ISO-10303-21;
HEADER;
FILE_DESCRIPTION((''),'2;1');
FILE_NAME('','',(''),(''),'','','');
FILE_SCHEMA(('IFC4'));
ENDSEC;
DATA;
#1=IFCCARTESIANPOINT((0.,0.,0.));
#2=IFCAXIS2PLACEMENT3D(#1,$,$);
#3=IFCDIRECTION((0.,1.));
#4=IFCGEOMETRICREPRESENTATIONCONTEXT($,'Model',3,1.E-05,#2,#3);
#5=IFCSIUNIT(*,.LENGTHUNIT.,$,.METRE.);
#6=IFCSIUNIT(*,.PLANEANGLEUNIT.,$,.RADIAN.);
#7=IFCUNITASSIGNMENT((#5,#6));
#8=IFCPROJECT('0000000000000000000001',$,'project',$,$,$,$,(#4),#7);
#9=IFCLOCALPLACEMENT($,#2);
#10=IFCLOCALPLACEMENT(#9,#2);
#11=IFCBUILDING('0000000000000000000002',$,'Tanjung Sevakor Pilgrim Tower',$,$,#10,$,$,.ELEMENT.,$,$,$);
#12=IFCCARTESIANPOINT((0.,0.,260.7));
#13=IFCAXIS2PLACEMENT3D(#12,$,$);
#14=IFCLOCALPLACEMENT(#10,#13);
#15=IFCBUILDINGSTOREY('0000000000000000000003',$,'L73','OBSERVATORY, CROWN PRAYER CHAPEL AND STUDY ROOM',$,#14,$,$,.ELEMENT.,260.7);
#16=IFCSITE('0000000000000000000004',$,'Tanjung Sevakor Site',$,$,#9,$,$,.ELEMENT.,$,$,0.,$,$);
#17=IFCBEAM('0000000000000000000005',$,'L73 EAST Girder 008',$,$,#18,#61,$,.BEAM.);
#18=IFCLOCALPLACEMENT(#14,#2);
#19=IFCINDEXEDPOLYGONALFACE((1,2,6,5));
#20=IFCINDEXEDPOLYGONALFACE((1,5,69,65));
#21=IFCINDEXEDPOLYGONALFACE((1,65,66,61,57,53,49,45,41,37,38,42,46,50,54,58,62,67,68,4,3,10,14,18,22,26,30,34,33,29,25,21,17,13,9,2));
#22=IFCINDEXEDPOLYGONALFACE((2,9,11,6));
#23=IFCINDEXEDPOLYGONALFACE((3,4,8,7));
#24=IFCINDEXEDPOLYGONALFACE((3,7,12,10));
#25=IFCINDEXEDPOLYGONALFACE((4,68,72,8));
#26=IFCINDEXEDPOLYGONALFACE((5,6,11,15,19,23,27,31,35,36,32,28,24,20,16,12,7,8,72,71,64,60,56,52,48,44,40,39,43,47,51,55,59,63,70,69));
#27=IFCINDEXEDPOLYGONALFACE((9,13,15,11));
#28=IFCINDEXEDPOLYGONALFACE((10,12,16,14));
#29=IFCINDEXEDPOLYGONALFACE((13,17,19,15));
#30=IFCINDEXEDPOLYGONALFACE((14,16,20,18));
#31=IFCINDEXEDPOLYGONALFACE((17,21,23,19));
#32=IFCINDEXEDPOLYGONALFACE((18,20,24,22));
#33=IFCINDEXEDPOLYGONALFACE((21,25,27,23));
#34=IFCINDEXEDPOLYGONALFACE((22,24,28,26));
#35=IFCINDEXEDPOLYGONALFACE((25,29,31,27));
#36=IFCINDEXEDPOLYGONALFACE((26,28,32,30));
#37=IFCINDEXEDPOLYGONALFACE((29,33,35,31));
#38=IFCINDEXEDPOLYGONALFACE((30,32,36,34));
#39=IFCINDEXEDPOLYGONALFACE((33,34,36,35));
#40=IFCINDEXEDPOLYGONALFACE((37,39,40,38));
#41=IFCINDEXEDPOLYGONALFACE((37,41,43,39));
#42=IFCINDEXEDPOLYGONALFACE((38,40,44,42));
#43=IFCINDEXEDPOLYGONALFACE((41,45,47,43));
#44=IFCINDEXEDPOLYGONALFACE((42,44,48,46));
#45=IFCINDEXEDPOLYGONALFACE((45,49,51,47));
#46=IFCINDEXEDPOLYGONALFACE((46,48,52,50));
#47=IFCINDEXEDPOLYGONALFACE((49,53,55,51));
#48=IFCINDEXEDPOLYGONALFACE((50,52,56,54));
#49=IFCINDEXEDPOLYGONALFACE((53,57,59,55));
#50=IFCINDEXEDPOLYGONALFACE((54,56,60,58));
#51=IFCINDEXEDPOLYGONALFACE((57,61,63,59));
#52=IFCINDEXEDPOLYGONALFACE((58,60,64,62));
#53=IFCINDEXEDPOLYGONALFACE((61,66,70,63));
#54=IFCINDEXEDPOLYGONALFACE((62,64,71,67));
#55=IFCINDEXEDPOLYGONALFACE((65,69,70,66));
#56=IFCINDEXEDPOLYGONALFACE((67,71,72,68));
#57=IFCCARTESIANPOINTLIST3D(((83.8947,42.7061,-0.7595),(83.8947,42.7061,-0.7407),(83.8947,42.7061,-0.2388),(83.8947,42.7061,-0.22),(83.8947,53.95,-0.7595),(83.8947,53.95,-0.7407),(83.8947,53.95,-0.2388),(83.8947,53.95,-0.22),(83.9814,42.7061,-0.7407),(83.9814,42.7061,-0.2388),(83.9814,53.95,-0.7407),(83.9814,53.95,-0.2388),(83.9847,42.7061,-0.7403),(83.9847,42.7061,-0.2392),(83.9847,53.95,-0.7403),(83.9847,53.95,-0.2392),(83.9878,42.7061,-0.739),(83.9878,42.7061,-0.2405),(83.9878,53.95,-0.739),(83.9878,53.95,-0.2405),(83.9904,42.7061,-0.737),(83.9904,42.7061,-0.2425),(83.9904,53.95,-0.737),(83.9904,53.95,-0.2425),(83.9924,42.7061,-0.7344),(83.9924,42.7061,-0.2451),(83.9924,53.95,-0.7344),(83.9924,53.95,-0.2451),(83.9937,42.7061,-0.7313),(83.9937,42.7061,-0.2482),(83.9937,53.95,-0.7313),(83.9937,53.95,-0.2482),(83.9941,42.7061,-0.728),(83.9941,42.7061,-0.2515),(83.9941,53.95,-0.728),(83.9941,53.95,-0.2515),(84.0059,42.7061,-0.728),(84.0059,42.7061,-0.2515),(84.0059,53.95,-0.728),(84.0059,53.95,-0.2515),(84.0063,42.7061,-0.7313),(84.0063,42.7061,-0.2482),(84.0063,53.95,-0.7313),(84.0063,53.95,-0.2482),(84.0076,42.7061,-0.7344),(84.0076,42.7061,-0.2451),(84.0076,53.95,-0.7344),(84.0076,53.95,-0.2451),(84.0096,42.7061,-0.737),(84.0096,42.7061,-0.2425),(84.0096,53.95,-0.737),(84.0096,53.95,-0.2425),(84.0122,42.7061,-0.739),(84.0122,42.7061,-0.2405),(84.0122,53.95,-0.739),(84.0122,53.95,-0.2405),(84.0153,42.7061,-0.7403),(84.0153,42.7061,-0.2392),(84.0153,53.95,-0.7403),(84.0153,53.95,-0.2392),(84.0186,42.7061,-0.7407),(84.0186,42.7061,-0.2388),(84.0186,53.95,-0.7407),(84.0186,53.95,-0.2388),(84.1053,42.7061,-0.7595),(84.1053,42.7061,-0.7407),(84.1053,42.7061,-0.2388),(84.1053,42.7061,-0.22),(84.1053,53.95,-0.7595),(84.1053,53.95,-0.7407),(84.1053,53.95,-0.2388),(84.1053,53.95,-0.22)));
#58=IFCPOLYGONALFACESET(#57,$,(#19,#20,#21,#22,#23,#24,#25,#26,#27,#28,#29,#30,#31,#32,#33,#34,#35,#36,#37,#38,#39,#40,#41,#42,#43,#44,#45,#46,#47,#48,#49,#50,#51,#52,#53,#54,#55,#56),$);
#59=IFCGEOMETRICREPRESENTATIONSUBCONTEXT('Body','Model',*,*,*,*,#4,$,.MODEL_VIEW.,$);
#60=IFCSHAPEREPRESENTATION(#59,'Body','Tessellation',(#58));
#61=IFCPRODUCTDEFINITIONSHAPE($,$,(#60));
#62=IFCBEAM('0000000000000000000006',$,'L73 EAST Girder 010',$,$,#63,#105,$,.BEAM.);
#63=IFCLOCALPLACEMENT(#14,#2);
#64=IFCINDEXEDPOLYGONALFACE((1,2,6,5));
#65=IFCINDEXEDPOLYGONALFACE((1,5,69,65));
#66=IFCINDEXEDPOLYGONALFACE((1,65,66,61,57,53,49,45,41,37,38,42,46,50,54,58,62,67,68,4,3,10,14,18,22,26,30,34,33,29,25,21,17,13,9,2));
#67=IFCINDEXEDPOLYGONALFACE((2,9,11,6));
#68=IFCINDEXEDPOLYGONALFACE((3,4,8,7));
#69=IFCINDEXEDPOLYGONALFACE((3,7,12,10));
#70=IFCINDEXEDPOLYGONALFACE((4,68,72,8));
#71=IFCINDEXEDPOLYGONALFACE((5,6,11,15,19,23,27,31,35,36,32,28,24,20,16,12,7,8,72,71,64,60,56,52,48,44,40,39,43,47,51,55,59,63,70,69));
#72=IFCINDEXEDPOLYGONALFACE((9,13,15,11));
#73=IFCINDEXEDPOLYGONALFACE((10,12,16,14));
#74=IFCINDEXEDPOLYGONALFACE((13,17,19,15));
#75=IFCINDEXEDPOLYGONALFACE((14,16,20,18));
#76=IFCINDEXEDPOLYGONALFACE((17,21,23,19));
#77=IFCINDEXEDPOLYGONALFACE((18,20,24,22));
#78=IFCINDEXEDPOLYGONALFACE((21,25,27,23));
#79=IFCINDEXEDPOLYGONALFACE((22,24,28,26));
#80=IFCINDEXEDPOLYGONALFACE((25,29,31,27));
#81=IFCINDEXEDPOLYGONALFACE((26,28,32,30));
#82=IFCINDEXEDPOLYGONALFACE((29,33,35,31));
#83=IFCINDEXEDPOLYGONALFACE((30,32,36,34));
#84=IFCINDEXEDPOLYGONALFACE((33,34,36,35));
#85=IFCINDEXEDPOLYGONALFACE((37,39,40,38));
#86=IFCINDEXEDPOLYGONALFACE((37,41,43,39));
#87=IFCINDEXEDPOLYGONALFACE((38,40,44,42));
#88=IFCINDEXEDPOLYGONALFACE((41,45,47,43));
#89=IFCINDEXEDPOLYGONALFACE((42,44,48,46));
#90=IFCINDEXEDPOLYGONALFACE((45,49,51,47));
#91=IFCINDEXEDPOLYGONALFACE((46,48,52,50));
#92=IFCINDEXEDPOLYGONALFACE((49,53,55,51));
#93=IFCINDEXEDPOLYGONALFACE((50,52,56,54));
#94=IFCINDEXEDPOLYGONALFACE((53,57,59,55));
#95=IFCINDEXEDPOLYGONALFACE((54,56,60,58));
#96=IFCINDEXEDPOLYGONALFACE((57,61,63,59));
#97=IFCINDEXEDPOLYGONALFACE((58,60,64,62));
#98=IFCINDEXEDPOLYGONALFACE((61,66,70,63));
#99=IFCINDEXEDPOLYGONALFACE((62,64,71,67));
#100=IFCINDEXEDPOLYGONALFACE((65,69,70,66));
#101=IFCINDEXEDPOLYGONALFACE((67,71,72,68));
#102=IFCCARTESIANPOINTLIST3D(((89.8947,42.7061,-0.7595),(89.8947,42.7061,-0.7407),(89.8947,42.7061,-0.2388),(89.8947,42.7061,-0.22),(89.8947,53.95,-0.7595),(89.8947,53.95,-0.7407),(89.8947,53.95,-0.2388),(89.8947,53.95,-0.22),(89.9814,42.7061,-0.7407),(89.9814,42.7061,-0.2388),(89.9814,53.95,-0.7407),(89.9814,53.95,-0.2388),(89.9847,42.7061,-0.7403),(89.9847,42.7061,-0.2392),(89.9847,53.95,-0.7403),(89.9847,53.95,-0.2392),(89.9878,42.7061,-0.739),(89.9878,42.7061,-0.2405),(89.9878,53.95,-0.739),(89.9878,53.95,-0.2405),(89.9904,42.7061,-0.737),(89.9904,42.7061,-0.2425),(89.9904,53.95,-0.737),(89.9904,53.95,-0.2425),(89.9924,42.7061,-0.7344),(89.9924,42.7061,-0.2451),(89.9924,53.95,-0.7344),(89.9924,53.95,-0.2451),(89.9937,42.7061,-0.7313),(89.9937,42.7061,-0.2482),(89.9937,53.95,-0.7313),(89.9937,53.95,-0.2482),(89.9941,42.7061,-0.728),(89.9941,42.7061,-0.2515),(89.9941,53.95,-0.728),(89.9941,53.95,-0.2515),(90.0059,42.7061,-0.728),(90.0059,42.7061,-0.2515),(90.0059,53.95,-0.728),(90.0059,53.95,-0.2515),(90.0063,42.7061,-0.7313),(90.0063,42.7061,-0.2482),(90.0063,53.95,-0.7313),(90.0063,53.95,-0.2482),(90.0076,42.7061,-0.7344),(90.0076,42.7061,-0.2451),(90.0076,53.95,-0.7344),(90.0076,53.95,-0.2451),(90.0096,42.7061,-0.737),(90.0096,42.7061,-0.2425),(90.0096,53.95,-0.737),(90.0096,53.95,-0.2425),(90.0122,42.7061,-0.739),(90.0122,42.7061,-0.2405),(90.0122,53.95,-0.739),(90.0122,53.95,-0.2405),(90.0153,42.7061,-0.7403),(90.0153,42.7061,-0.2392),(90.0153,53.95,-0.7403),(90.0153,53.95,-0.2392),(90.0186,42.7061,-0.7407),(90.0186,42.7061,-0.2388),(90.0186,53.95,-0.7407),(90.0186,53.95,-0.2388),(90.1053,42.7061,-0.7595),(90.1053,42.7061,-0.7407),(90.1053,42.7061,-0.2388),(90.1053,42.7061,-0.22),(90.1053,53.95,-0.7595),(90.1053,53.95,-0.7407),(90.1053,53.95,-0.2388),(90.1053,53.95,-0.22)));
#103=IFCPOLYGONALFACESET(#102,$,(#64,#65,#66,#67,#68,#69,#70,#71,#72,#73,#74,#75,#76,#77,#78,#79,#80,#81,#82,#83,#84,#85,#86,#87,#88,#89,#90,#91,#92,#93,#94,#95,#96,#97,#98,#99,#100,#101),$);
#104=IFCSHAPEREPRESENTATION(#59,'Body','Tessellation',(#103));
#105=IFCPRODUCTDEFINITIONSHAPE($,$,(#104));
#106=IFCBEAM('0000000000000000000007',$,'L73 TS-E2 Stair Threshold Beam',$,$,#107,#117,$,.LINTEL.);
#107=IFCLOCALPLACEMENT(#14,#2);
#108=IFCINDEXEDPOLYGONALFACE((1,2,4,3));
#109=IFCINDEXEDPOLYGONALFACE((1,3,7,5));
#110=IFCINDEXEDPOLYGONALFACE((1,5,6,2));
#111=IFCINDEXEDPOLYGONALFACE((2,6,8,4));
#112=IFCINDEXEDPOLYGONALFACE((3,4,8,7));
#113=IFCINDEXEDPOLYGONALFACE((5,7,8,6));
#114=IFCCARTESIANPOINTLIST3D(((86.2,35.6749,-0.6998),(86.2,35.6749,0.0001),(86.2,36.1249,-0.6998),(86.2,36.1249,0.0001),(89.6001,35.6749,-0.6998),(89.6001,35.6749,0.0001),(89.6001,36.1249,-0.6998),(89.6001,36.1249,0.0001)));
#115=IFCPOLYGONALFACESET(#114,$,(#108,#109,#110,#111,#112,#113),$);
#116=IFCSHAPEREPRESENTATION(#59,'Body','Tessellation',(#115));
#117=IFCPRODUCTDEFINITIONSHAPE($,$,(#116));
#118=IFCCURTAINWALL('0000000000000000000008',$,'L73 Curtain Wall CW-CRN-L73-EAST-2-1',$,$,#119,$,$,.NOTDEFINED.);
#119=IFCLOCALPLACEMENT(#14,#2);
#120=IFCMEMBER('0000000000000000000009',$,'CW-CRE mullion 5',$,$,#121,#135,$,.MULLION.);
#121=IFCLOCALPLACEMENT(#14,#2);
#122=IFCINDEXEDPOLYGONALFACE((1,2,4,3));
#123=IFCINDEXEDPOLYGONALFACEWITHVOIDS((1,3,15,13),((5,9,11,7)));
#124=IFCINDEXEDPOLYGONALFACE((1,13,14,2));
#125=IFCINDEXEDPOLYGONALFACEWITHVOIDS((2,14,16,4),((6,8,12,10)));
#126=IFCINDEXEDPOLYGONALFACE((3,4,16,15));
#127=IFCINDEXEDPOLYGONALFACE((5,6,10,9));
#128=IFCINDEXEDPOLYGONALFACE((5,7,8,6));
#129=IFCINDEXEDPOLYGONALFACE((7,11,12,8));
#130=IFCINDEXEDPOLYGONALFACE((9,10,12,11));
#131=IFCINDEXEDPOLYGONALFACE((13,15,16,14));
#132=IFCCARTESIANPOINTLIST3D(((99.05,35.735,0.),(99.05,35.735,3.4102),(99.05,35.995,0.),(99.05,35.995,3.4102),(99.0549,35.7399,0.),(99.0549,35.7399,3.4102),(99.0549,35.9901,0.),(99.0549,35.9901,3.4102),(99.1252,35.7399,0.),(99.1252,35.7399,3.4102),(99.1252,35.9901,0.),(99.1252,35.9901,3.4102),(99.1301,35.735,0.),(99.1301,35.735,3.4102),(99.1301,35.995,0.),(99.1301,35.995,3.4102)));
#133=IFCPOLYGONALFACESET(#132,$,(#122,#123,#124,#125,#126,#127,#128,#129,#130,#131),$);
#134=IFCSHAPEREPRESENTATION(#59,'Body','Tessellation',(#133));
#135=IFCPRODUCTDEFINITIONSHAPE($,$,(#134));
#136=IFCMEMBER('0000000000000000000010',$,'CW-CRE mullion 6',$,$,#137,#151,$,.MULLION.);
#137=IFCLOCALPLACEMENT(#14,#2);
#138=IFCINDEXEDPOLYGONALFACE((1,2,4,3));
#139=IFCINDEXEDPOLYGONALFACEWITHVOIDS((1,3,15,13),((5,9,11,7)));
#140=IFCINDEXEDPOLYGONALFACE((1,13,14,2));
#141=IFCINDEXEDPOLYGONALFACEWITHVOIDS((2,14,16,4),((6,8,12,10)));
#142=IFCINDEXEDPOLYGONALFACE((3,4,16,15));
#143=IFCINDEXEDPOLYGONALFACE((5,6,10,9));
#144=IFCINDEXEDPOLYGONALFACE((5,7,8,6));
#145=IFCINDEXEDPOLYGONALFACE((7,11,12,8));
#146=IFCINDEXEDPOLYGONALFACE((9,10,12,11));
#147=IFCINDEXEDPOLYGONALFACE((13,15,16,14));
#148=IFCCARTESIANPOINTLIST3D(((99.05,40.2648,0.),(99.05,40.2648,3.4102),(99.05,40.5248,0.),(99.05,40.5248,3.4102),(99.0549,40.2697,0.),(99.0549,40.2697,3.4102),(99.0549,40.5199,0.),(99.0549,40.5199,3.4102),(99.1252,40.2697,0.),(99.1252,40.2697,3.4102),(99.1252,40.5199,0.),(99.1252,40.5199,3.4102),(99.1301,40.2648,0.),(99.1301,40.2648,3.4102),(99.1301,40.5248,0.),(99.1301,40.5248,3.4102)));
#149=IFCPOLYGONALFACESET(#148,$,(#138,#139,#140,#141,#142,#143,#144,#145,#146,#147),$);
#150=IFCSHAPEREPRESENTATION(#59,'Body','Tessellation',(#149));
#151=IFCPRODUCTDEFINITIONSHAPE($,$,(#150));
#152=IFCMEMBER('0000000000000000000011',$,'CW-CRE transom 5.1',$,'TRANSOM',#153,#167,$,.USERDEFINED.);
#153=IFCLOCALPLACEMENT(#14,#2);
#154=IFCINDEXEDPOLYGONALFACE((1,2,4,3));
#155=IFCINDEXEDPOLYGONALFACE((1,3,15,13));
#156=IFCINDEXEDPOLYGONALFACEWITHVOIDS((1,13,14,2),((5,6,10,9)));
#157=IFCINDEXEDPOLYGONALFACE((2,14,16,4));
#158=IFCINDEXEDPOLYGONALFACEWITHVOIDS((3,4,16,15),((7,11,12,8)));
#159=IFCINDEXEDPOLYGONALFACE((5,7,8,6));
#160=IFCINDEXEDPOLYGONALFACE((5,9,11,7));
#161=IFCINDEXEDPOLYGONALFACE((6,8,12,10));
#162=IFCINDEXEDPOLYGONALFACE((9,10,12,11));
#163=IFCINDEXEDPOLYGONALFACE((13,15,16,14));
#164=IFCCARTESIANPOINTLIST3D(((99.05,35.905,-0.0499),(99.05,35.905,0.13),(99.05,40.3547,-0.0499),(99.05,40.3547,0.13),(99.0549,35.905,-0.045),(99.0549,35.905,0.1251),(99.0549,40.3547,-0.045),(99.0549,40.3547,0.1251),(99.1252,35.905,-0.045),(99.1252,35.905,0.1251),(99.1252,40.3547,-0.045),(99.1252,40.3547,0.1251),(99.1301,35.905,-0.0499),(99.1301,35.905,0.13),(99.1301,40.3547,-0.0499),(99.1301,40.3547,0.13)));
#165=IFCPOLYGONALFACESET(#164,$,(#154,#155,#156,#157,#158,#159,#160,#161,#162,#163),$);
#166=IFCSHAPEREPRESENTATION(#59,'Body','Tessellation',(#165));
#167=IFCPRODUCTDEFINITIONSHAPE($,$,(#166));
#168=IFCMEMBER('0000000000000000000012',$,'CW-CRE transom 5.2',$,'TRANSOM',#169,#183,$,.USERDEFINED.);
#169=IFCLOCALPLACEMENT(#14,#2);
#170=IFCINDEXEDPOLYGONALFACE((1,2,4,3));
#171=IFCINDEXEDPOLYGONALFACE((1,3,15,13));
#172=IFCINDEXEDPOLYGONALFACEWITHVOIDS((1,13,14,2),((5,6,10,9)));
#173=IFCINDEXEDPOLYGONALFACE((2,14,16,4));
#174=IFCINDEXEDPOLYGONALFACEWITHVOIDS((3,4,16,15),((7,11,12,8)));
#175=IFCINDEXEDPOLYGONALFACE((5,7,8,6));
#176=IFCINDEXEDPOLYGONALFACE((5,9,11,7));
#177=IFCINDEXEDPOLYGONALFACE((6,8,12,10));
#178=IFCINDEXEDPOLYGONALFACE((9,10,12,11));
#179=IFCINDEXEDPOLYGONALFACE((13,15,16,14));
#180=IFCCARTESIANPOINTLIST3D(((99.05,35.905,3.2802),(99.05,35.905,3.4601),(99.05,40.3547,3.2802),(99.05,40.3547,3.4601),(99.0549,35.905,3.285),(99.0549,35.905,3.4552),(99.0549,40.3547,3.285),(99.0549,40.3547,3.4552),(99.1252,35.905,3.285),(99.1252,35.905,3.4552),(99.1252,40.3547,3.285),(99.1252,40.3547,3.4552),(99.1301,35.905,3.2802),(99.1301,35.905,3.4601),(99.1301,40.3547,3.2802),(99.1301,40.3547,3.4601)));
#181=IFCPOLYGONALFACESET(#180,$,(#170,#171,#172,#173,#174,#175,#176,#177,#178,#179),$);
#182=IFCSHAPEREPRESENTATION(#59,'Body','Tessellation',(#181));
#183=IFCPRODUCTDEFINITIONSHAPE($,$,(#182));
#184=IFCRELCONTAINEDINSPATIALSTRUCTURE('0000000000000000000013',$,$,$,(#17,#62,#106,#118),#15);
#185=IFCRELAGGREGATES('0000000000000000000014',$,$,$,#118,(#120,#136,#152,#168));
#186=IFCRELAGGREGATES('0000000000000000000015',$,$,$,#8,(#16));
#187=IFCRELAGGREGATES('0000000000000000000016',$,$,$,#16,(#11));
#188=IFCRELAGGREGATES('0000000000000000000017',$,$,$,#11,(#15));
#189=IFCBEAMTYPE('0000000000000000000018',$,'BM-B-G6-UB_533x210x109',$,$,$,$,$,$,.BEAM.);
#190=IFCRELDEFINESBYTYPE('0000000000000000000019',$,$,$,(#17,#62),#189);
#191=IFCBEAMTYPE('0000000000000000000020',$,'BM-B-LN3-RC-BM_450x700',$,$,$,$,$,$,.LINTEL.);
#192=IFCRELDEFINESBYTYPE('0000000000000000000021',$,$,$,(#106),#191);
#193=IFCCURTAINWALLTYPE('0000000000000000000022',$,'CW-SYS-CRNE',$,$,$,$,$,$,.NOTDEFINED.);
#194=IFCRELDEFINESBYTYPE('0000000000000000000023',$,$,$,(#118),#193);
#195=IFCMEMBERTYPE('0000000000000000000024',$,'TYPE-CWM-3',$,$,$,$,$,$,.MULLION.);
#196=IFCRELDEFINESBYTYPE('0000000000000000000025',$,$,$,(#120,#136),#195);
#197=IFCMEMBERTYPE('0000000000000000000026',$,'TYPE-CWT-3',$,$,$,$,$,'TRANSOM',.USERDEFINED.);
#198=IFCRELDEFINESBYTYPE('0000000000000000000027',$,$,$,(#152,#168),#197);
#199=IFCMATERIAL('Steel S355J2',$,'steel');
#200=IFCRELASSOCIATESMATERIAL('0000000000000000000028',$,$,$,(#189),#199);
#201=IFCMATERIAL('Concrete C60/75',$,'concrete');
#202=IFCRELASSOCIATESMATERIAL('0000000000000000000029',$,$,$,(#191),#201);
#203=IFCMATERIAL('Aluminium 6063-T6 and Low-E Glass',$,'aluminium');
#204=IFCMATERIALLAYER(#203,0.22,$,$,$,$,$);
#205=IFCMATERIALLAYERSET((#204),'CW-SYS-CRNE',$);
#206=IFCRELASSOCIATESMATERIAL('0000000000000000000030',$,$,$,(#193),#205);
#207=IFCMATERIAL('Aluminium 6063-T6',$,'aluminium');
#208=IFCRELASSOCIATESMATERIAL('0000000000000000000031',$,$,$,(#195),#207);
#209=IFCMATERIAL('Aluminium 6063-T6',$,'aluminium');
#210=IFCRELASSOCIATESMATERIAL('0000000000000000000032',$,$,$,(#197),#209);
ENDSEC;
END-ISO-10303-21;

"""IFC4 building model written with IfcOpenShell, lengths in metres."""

from ifc_helpers import new_model, si_unit, direction, frame, origin, origin_2d, place, context, subcontext, project, spatial, rectangle, hollow_rectangle, i_section, extrude, material, layer, layer_set, material_profile, profile_set, type_object, element, aggregate, save


model = new_model("IFC4")

# Units and contexts
model_context = context("Model", 3, precision=1e-05, world=origin(), true_north=direction((0.0, 1.0)))
body_context = subcontext(model_context, "Body", "Model", "MODEL_VIEW")
ifc_project = project(units=[si_unit("LENGTHUNIT", "METRE"), si_unit("PLANEANGLEUNIT", "RADIAN")], contexts=[model_context])

# Site, building, storey
site_placement = place(None, origin())
site = spatial("IfcSite", under=ifc_project, at=site_placement, Name="Tanjung Sevakor Site", CompositionType="ELEMENT", RefElevation=0.0)
building_placement = place(site_placement, origin())
building = spatial("IfcBuilding", under=site, at=building_placement, Name="Tanjung Sevakor Pilgrim Tower", CompositionType="ELEMENT")
storey_placement = place(building_placement, frame((0.0, 0.0, 260.7)))
storey = spatial("IfcBuildingStorey", under=building, at=storey_placement, Name="L73", Description="OBSERVATORY, CROWN PRAYER CHAPEL AND STUDY ROOM", CompositionType="ELEMENT", Elevation=260.7)

# Beams
ifc_material_1 = material(Name="Steel S355J2", Category="steel")
ifc_material_profile_1 = material_profile(ifc_material_1, i_section(OverallWidth=0.2107, OverallDepth=0.5396, WebThickness=0.0117, FlangeThickness=0.0188, FilletRadius=0.0127, at=origin_2d()))
ifc_profile_set_1 = profile_set([ifc_material_profile_1], Name="Steel S355J2")
beam_type_1 = type_object("IfcBeamType", Name="BM-B-G6-UB_533x210x109", PredefinedType="BEAM", material=ifc_profile_set_1)
for number, where, z_axis, x_axis, name in (
    (1, (84.0, 42.7061, -0.4897), (0.0, 1.0, 0.0), (-1.0, 0.0, 0.0), "L73 EAST Girder 008"),
    (2, (90.0, 42.7061, -0.4897), (0.0, 1.0, 0.0), (-1.0, 0.0, 0.0), "L73 EAST Girder 010"),
):
    element("IfcBeam", number, at=place(storey_placement, frame(where, z_axis=z_axis, x_axis=x_axis)), inside=storey, type_object=beam_type_1, Name=name, PredefinedType="BEAM", context=body_context, shape_type="SweptSolid", body=[
        extrude(i_section(OverallWidth=0.2107, OverallDepth=0.5396, WebThickness=0.0117, FlangeThickness=0.0188, FilletRadius=0.0127, at=origin_2d()), origin(), (0.0, 0.0, 1.0), 11.2439),
    ])
ifc_material_2 = material(Name="Concrete C60/75", Category="concrete")
ifc_material_profile_2 = material_profile(ifc_material_2, rectangle(XDim=0.45, YDim=0.7, at=origin_2d()))
ifc_profile_set_2 = profile_set([ifc_material_profile_2], Name="Concrete C60/75")
beam_type_2 = type_object("IfcBeamType", Name="BM-B-LN3-RC-BM_450x700", PredefinedType="LINTEL", material=ifc_profile_set_2)
beam_placement = place(storey_placement, frame((86.2, 35.8999, -0.3499), z_axis=(1.0, 0.0, 0.0), x_axis=(0.0, 1.0, 0.0)))
element("IfcBeam", 3, at=beam_placement, inside=storey, type_object=beam_type_2, Name="L73 TS-E2 Stair Threshold Beam", PredefinedType="LINTEL", context=body_context, shape_type="SweptSolid", body=[
    extrude(rectangle(XDim=0.45, YDim=0.7, at=origin_2d()), origin(), (0.0, 0.0, 1.0), 3.4001),
])

# Curtain wall, members
ifc_material_3 = material(Name="Aluminium 6063-T6 and Low-E Glass", Category="aluminium")
ifc_layer_1 = layer(ifc_material_3, 0.22)
ifc_layer_set_1 = layer_set([ifc_layer_1], Name="CW-SYS-CRNE")
curtain_wall_type = type_object("IfcCurtainWallType", Name="CW-SYS-CRNE", PredefinedType="NOTDEFINED", material=ifc_layer_set_1)
curtain_wall_placement = place(storey_placement, origin())
curtain_wall = element("IfcCurtainWall", 4, at=curtain_wall_placement, inside=storey, type_object=curtain_wall_type, Name="L73 Curtain Wall CW-CRN-L73-EAST-2-1", PredefinedType="NOTDEFINED")
ifc_material_4 = material(Name="Aluminium 6063-T6", Category="aluminium")
ifc_material_profile_3 = material_profile(ifc_material_4, hollow_rectangle(XDim=0.0801, YDim=0.26, WallThickness=0.0049, at=origin_2d()))
ifc_profile_set_3 = profile_set([ifc_material_profile_3], Name="Aluminium 6063-T6")
member_type_1 = type_object("IfcMemberType", Name="TYPE-CWM-3", PredefinedType="MULLION", material=ifc_profile_set_3)
member_1_placement = place(storey_placement, frame((99.0901, 35.865, 0.0), z_axis=(0.0, 0.0, 1.0), x_axis=(-1.0, 0.0, 0.0)))
member_1 = element("IfcMember", 5, at=member_1_placement, type_object=member_type_1, Name="CW-CRE mullion 5", PredefinedType="MULLION", context=body_context, shape_type="SweptSolid", body=[
    extrude(hollow_rectangle(XDim=0.0801, YDim=0.26, WallThickness=0.0049, at=origin_2d()), origin(), (0.0, 0.0, 1.0), 3.4102),
])
member_2_placement = place(storey_placement, frame((99.0901, 40.3948, 0.0), z_axis=(0.0, 0.0, 1.0), x_axis=(-1.0, 0.0, 0.0)))
member_2 = element("IfcMember", 6, at=member_2_placement, type_object=member_type_1, Name="CW-CRE mullion 6", PredefinedType="MULLION", context=body_context, shape_type="SweptSolid", body=[
    extrude(hollow_rectangle(XDim=0.0801, YDim=0.26, WallThickness=0.0049, at=origin_2d()), origin(), (0.0, 0.0, 1.0), 3.4102),
])
ifc_material_5 = material(Name="Aluminium 6063-T6", Category="aluminium")
ifc_material_profile_4 = material_profile(ifc_material_5, hollow_rectangle(XDim=0.0801, YDim=0.1799, WallThickness=0.0049, at=origin_2d()))
ifc_profile_set_4 = profile_set([ifc_material_profile_4], Name="Aluminium 6063-T6")
member_type_2 = type_object("IfcMemberType", Name="TYPE-CWT-3", ElementType="TRANSOM", PredefinedType="USERDEFINED", material=ifc_profile_set_4)
member_3_placement = place(storey_placement, frame((99.0901, 35.905, 0.04), z_axis=(0.0, 1.0, 0.0), x_axis=(-1.0, 0.0, 0.0)))
member_3 = element("IfcMember", 7, at=member_3_placement, type_object=member_type_2, Name="CW-CRE transom 5.1", ObjectType="TRANSOM", PredefinedType="USERDEFINED", context=body_context, shape_type="SweptSolid", body=[
    extrude(hollow_rectangle(XDim=0.0801, YDim=0.1799, WallThickness=0.0049, at=origin_2d()), origin(), (0.0, 0.0, 1.0), 4.4497),
])
member_4_placement = place(storey_placement, frame((99.0901, 35.905, 3.3701), z_axis=(0.0, 1.0, 0.0), x_axis=(-1.0, 0.0, 0.0)))
member_4 = element("IfcMember", 8, at=member_4_placement, type_object=member_type_2, Name="CW-CRE transom 5.2", ObjectType="TRANSOM", PredefinedType="USERDEFINED", context=body_context, shape_type="SweptSolid", body=[
    extrude(hollow_rectangle(XDim=0.0801, YDim=0.1799, WallThickness=0.0049, at=origin_2d()), origin(), (0.0, 0.0, 1.0), 4.4497),
])
aggregate(curtain_wall, [member_1, member_2, member_3, member_4])

save(model, "model.ifc")
